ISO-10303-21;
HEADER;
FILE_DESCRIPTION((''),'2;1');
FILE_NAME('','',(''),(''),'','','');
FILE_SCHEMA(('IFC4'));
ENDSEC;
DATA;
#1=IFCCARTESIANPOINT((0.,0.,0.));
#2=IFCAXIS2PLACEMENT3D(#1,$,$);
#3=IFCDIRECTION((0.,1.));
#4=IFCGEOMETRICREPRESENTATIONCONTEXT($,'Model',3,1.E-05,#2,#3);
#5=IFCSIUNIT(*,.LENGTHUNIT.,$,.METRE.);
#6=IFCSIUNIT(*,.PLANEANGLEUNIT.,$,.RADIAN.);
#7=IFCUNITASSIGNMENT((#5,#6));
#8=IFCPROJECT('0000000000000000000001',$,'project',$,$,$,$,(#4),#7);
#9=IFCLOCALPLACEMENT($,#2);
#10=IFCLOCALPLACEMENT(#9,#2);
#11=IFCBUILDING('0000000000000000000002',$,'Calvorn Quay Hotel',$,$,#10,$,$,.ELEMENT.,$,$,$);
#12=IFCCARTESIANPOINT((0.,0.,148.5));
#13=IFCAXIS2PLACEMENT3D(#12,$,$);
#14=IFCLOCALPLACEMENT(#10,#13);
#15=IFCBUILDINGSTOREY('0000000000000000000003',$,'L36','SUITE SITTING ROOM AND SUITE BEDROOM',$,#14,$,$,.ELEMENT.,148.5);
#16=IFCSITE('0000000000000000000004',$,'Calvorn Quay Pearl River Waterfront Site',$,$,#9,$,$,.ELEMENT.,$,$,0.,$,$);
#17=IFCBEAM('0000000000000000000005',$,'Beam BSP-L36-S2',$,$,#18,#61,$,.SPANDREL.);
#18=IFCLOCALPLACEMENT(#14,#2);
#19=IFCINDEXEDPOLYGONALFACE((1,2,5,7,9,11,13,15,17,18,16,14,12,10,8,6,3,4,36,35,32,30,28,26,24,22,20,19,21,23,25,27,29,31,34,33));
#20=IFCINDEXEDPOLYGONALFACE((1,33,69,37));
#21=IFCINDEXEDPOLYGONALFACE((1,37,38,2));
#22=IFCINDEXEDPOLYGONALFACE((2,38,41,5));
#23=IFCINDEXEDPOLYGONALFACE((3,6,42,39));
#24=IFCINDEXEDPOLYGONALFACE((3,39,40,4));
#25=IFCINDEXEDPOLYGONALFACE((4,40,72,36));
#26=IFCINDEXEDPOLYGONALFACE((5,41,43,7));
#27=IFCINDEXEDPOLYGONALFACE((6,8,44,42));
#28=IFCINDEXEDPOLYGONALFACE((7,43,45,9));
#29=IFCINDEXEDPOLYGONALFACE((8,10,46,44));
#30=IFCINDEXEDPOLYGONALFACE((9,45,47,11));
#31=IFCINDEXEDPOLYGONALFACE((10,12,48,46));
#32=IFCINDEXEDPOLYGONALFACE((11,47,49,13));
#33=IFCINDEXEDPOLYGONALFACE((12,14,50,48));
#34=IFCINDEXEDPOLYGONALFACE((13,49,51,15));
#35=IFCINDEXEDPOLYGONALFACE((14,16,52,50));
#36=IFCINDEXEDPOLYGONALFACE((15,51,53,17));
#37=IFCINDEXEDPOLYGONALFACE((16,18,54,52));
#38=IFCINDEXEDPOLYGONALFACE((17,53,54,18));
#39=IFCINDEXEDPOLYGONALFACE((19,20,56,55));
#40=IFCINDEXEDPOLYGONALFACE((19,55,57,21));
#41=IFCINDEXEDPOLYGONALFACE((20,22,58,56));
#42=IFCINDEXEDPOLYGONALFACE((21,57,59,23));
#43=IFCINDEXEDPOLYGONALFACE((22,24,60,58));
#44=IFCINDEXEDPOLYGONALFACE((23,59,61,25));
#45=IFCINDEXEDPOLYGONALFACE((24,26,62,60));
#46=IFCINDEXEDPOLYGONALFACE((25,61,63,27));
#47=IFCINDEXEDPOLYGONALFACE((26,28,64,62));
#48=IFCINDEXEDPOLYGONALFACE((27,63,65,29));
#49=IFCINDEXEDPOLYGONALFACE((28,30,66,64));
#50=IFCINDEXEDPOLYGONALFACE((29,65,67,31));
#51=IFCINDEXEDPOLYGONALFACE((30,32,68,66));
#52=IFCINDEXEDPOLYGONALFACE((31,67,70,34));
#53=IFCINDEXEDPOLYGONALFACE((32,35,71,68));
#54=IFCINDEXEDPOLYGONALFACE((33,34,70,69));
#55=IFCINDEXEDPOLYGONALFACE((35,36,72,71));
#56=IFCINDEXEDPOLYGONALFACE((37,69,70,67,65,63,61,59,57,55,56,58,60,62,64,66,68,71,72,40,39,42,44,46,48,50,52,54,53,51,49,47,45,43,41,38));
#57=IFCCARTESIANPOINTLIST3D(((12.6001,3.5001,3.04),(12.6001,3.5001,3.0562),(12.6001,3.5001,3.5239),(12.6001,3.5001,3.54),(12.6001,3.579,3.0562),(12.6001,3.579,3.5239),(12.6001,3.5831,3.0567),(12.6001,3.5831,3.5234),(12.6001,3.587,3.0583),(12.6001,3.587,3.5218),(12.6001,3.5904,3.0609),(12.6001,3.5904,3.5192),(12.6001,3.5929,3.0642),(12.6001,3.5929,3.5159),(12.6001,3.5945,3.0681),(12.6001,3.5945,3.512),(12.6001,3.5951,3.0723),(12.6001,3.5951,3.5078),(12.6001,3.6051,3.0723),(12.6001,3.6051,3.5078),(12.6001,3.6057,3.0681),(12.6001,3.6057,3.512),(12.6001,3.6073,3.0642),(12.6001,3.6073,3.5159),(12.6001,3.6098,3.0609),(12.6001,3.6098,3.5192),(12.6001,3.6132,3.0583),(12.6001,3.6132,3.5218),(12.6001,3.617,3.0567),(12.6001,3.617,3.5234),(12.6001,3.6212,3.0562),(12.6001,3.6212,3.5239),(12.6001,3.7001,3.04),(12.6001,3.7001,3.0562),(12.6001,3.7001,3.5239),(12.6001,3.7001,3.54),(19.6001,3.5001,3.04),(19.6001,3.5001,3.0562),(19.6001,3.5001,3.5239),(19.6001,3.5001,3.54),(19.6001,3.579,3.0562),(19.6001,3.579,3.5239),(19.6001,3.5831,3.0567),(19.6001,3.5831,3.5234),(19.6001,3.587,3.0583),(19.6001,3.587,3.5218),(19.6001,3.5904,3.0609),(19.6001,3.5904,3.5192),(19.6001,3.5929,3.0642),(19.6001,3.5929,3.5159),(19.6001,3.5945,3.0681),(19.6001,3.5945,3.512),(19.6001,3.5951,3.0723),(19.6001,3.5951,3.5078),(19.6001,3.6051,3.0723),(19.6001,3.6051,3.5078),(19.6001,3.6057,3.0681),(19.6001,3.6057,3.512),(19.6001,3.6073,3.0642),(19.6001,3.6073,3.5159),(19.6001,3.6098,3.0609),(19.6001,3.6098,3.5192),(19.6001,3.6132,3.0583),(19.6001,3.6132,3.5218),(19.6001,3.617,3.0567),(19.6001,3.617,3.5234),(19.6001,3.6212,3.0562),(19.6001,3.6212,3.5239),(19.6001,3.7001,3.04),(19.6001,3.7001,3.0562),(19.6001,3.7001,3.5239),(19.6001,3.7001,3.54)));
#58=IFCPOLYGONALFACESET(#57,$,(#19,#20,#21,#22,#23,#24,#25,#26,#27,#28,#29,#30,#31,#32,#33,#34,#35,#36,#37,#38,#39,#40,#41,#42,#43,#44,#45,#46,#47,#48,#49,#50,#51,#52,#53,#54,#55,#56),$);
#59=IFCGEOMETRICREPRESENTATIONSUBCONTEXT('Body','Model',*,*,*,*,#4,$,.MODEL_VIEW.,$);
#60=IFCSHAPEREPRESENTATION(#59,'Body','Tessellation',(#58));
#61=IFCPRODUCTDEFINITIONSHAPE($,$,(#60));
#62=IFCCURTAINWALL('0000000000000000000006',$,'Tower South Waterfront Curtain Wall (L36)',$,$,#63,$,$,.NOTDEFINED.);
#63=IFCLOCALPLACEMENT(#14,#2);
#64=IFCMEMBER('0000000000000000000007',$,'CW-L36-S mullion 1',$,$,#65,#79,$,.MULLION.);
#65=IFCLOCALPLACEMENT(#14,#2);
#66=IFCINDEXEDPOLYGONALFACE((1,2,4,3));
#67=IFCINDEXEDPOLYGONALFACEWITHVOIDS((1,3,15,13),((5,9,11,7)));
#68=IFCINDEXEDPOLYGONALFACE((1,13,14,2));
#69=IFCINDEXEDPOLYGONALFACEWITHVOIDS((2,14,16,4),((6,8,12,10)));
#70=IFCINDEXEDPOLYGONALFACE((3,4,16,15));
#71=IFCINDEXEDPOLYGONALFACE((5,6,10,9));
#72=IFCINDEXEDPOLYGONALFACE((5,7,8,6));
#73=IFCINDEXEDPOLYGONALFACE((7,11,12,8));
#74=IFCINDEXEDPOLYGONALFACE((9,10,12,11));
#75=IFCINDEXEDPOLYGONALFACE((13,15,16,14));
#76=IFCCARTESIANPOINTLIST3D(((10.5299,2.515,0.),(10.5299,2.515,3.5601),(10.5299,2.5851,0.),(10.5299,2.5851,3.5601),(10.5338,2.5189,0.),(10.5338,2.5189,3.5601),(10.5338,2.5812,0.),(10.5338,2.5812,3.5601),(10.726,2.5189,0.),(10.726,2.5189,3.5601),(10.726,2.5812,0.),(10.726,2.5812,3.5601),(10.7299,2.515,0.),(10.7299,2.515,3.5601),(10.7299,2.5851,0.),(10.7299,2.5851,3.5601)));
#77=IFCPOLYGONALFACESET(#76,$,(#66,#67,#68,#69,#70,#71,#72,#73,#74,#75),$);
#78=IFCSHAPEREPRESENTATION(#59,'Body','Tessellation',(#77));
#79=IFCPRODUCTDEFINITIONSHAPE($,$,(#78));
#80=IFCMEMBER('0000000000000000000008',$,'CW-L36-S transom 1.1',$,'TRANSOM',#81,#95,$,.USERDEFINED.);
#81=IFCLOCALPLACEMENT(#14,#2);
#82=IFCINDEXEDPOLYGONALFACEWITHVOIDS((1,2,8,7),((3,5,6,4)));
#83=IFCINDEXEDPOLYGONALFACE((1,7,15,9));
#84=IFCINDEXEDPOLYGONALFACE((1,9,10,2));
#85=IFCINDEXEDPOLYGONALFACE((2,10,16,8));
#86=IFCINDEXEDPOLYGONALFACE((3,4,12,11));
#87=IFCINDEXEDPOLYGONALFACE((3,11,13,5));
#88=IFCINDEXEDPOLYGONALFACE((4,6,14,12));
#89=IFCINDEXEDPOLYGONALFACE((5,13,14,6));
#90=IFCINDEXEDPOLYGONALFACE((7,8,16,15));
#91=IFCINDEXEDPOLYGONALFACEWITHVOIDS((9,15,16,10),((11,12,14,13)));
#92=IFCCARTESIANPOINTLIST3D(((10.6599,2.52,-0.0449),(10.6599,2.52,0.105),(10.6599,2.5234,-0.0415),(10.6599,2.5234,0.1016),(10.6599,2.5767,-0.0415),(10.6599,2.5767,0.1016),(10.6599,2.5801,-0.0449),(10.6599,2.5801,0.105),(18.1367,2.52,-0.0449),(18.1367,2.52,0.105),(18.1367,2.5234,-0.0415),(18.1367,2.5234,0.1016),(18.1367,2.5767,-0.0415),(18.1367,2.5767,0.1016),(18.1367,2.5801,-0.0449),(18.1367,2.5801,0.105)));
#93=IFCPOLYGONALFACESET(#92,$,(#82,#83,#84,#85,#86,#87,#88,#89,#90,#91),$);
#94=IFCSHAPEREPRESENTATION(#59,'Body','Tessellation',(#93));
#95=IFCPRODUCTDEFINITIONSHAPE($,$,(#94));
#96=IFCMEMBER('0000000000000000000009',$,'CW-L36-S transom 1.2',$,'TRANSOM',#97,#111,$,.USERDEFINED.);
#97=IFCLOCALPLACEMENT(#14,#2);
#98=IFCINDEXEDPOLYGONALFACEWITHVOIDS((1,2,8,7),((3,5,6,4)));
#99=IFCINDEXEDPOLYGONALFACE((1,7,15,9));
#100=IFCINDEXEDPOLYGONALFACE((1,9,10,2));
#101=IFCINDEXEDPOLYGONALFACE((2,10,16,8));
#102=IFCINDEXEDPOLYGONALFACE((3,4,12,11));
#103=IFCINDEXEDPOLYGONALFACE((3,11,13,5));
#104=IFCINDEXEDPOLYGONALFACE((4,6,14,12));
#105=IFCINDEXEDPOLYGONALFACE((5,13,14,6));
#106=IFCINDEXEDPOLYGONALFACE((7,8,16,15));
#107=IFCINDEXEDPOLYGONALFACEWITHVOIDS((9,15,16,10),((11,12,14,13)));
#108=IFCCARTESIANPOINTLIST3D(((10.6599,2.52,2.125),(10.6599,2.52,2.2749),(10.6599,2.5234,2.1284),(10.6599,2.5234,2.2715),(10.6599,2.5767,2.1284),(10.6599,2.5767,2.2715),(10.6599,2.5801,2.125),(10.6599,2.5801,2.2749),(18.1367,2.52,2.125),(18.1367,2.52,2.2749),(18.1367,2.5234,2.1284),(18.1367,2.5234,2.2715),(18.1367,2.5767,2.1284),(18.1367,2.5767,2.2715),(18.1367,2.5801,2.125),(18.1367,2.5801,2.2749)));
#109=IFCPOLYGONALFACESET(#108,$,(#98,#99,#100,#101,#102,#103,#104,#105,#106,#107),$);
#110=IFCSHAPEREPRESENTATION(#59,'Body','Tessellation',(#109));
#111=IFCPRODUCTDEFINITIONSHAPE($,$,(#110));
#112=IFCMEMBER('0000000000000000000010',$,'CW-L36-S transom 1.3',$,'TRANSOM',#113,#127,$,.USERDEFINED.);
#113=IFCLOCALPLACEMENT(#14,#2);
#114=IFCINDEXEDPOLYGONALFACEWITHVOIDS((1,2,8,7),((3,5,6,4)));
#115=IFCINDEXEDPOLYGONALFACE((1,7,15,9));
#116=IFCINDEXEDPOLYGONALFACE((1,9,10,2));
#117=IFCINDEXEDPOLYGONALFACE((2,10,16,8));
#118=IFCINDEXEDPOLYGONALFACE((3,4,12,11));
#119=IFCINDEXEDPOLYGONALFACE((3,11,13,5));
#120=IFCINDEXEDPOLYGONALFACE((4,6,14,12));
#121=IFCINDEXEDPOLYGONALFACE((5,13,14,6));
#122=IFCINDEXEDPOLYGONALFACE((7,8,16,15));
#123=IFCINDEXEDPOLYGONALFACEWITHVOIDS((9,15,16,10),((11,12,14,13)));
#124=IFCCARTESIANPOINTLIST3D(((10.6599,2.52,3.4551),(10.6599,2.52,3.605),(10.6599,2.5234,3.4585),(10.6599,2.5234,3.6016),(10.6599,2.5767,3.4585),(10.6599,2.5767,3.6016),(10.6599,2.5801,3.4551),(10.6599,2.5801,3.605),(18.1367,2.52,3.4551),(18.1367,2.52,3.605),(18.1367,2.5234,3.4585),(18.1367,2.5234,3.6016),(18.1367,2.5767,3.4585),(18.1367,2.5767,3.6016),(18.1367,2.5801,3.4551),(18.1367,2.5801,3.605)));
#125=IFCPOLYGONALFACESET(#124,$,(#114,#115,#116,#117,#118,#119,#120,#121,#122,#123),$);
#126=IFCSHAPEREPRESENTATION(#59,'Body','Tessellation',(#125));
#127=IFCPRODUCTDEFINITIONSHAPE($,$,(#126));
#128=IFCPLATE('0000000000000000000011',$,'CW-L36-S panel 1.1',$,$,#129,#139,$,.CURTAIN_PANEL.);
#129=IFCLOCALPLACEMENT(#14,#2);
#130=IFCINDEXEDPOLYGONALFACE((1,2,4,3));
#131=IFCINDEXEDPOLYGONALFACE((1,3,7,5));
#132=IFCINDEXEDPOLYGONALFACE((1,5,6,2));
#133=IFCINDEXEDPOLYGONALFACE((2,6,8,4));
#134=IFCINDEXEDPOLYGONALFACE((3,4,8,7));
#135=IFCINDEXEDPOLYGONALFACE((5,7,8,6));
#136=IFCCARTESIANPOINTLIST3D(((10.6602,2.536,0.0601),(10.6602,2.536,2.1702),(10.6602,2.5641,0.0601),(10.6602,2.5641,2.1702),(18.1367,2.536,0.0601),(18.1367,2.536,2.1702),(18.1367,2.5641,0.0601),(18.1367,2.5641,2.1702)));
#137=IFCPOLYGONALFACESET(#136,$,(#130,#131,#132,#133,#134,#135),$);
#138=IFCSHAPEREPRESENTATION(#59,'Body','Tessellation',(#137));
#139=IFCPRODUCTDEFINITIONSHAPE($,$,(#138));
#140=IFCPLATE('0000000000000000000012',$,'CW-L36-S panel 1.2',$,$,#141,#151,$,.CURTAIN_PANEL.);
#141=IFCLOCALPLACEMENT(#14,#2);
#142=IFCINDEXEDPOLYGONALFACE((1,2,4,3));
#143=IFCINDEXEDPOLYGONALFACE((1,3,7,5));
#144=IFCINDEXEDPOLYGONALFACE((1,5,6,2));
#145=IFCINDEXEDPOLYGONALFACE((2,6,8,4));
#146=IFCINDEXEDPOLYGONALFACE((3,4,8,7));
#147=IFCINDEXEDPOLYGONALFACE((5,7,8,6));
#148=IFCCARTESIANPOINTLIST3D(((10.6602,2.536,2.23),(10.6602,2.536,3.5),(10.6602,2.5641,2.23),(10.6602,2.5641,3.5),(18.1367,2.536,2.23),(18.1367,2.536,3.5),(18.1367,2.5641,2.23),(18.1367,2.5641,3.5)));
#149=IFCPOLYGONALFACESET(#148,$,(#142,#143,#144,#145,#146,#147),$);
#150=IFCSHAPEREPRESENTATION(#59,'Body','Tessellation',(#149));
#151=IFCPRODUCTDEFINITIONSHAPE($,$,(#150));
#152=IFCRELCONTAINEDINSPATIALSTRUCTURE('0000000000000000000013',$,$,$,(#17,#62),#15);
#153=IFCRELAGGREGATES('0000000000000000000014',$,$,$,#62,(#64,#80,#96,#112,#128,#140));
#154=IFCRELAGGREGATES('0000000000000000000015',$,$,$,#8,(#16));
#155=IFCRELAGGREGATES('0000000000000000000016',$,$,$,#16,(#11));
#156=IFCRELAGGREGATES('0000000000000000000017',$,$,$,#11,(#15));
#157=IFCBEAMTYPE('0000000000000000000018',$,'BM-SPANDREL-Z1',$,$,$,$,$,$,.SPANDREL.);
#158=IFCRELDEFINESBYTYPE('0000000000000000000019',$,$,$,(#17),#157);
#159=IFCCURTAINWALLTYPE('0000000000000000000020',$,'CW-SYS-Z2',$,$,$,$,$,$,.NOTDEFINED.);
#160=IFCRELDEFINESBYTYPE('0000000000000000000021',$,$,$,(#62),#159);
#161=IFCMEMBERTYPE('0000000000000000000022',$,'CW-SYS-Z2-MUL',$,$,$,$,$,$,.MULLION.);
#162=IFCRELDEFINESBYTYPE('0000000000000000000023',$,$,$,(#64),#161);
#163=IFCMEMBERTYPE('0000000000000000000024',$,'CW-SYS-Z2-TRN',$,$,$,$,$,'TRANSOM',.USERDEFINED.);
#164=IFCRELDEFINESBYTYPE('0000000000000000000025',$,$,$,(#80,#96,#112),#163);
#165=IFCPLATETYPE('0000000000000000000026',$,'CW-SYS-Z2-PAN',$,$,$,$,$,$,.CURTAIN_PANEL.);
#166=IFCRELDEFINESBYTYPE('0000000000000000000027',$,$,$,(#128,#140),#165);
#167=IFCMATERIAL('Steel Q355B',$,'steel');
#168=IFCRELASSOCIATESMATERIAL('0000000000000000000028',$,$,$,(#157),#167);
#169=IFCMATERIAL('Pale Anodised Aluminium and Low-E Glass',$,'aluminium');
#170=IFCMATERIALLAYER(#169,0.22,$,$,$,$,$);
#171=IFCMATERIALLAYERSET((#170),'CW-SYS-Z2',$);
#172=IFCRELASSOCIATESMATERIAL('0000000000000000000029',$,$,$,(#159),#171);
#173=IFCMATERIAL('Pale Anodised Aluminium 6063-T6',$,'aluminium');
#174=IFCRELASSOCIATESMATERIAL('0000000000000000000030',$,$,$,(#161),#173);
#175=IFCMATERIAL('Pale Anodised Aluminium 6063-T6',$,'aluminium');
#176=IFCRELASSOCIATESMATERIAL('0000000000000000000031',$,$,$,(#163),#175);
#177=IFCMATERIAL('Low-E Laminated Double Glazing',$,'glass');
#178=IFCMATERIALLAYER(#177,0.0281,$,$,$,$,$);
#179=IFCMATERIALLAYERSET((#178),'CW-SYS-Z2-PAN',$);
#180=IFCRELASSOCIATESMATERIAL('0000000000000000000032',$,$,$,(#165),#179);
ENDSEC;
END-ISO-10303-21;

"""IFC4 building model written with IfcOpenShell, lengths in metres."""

from ifc_helpers import new_model, si_unit, direction, frame, origin, origin_2d, place, context, subcontext, project, spatial, rectangle, hollow_rectangle, i_section, extrude, material, layer, layer_set, material_profile, profile_set, type_object, element, aggregate, save


model = new_model("IFC4")

# Units and contexts
model_context = context("Model", 3, precision=1e-05, world=origin(), true_north=direction((0.0, 1.0)))
body_context = subcontext(model_context, "Body", "Model", "MODEL_VIEW")
ifc_project = project(units=[si_unit("LENGTHUNIT", "METRE"), si_unit("PLANEANGLEUNIT", "RADIAN")], contexts=[model_context])

# Site, building, storey
site_placement = place(None, origin())
site = spatial("IfcSite", under=ifc_project, at=site_placement, Name="Calvorn Quay Pearl River Waterfront Site", CompositionType="ELEMENT", RefElevation=0.0)
building_placement = place(site_placement, origin())
building = spatial("IfcBuilding", under=site, at=building_placement, Name="Calvorn Quay Hotel", CompositionType="ELEMENT")
storey_placement = place(building_placement, frame((0.0, 0.0, 148.5)))
storey = spatial("IfcBuildingStorey", under=building, at=storey_placement, Name="L36", Description="SUITE SITTING ROOM AND SUITE BEDROOM", CompositionType="ELEMENT", Elevation=148.5)

# Beam
ifc_material_1 = material(Name="Steel Q355B", Category="steel")
ifc_material_profile_1 = material_profile(ifc_material_1, i_section(OverallWidth=0.2, OverallDepth=0.5, WebThickness=0.01, FlangeThickness=0.0161, FilletRadius=0.0161, at=origin_2d()), Name="HN500x200x10x16")
ifc_profile_set_1 = profile_set([ifc_material_profile_1], Name="Steel Q355B")
beam_type_1 = type_object("IfcBeamType", Name="BM-SPANDREL-Z1", PredefinedType="SPANDREL", material=ifc_profile_set_1)
beam_1_placement = place(storey_placement, frame((12.6001, 3.6001, 3.29), z_axis=(1.0, 0.0, 0.0), x_axis=(0.0, 1.0, 0.0)))
element("IfcBeam", 1, at=beam_1_placement, inside=storey, type_object=beam_type_1, Name="Beam BSP-L36-S2", PredefinedType="SPANDREL", context=body_context, shape_type="SweptSolid", body=[
    extrude(i_section(OverallWidth=0.2, OverallDepth=0.5, WebThickness=0.01, FlangeThickness=0.0161, FilletRadius=0.0161, at=origin_2d()), origin(), (0.0, 0.0, 1.0), 7.0),
])

# Curtain wall, members, plates
ifc_material_2 = material(Name="Pale Anodised Aluminium and Low-E Glass", Category="aluminium")
ifc_layer_1 = layer(ifc_material_2, 0.22)
ifc_layer_set_1 = layer_set([ifc_layer_1], Name="CW-SYS-Z2")
curtain_wall_type = type_object("IfcCurtainWallType", Name="CW-SYS-Z2", PredefinedType="NOTDEFINED", material=ifc_layer_set_1)
curtain_wall_placement = place(storey_placement, origin())
curtain_wall = element("IfcCurtainWall", 2, at=curtain_wall_placement, inside=storey, type_object=curtain_wall_type, Name="Tower South Waterfront Curtain Wall (L36)", PredefinedType="NOTDEFINED")
ifc_material_3 = material(Name="Pale Anodised Aluminium 6063-T6", Category="aluminium")
ifc_material_profile_2 = material_profile(ifc_material_3, hollow_rectangle(XDim=0.0701, YDim=0.2, WallThickness=0.0039, at=origin_2d()), Name="ALU-M200x70x4")
ifc_profile_set_2 = profile_set([ifc_material_profile_2], Name="Pale Anodised Aluminium 6063-T6")
member_type_1 = type_object("IfcMemberType", Name="CW-SYS-Z2-MUL", PredefinedType="MULLION", material=ifc_profile_set_2)
member_1_placement = place(storey_placement, frame((10.6299, 2.55, 0.0), z_axis=(0.0, 0.0, 1.0), x_axis=(0.0, 1.0, 0.0)))
member_1 = element("IfcMember", 3, at=member_1_placement, type_object=member_type_1, Name="CW-L36-S mullion 1", PredefinedType="MULLION", context=body_context, shape_type="SweptSolid", body=[
    extrude(hollow_rectangle(XDim=0.0701, YDim=0.2, WallThickness=0.0039, at=origin_2d()), origin(), (0.0, 0.0, 1.0), 3.5601),
])
ifc_material_4 = material(Name="Pale Anodised Aluminium 6063-T6", Category="aluminium")
ifc_material_profile_3 = material_profile(ifc_material_4, hollow_rectangle(XDim=0.0601, YDim=0.1499, WallThickness=0.0034, at=origin_2d()), Name="ALU-T150x60x3.5")
ifc_profile_set_3 = profile_set([ifc_material_profile_3], Name="Pale Anodised Aluminium 6063-T6")
member_type_2 = type_object("IfcMemberType", Name="CW-SYS-Z2-TRN", ElementType="TRANSOM", PredefinedType="USERDEFINED", material=ifc_profile_set_3)
member_2_placement = place(storey_placement, frame((10.6599, 2.55, 0.03), z_axis=(1.0, 0.0, 0.0), x_axis=(0.0, 1.0, 0.0)))
member_2 = element("IfcMember", 4, at=member_2_placement, type_object=member_type_2, Name="CW-L36-S transom 1.1", ObjectType="TRANSOM", PredefinedType="USERDEFINED", context=body_context, shape_type="SweptSolid", body=[
    extrude(hollow_rectangle(XDim=0.0601, YDim=0.1499, WallThickness=0.0034, at=origin_2d()), origin(), (0.0, 0.0, 1.0), 7.4768),
])
member_3_placement = place(storey_placement, frame((10.6599, 2.55, 2.2), z_axis=(1.0, 0.0, 0.0), x_axis=(0.0, 1.0, 0.0)))
member_3 = element("IfcMember", 5, at=member_3_placement, type_object=member_type_2, Name="CW-L36-S transom 1.2", ObjectType="TRANSOM", PredefinedType="USERDEFINED", context=body_context, shape_type="SweptSolid", body=[
    extrude(hollow_rectangle(XDim=0.0601, YDim=0.1499, WallThickness=0.0034, at=origin_2d()), origin(), (0.0, 0.0, 1.0), 7.4768),
])
member_4_placement = place(storey_placement, frame((10.6599, 2.55, 3.53), z_axis=(1.0, 0.0, 0.0), x_axis=(0.0, 1.0, 0.0)))
member_4 = element("IfcMember", 6, at=member_4_placement, type_object=member_type_2, Name="CW-L36-S transom 1.3", ObjectType="TRANSOM", PredefinedType="USERDEFINED", context=body_context, shape_type="SweptSolid", body=[
    extrude(hollow_rectangle(XDim=0.0601, YDim=0.1499, WallThickness=0.0034, at=origin_2d()), origin(), (0.0, 0.0, 1.0), 7.4768),
])
ifc_material_5 = material(Name="Low-E Laminated Double Glazing", Category="glass")
ifc_layer_2 = layer(ifc_material_5, 0.0281)
ifc_layer_set_2 = layer_set([ifc_layer_2], Name="CW-SYS-Z2-PAN")
plate_type = type_object("IfcPlateType", Name="CW-SYS-Z2-PAN", PredefinedType="CURTAIN_PANEL", material=ifc_layer_set_2)
plate_1_placement = place(storey_placement, frame((14.3984, 2.55, 0.0601), z_axis=(0.0, 0.0, 1.0), x_axis=(1.0, 0.0, 0.0)))
plate_1 = element("IfcPlate", 7, at=plate_1_placement, type_object=plate_type, Name="CW-L36-S panel 1.1", PredefinedType="CURTAIN_PANEL", context=body_context, shape_type="SweptSolid", body=[
    extrude(rectangle(XDim=7.4766, YDim=0.0281, at=origin_2d()), origin(), (0.0, 0.0, 1.0), 2.1101),
])
plate_2_placement = place(storey_placement, frame((14.3984, 2.55, 2.23), z_axis=(0.0, 0.0, 1.0), x_axis=(1.0, 0.0, 0.0)))
plate_2 = element("IfcPlate", 8, at=plate_2_placement, type_object=plate_type, Name="CW-L36-S panel 1.2", PredefinedType="CURTAIN_PANEL", context=body_context, shape_type="SweptSolid", body=[
    extrude(rectangle(XDim=7.4766, YDim=0.0281, at=origin_2d()), origin(), (0.0, 0.0, 1.0), 1.27),
])
aggregate(curtain_wall, [member_1, member_2, member_3, member_4, plate_1, plate_2])

save(model, "model.ifc")
